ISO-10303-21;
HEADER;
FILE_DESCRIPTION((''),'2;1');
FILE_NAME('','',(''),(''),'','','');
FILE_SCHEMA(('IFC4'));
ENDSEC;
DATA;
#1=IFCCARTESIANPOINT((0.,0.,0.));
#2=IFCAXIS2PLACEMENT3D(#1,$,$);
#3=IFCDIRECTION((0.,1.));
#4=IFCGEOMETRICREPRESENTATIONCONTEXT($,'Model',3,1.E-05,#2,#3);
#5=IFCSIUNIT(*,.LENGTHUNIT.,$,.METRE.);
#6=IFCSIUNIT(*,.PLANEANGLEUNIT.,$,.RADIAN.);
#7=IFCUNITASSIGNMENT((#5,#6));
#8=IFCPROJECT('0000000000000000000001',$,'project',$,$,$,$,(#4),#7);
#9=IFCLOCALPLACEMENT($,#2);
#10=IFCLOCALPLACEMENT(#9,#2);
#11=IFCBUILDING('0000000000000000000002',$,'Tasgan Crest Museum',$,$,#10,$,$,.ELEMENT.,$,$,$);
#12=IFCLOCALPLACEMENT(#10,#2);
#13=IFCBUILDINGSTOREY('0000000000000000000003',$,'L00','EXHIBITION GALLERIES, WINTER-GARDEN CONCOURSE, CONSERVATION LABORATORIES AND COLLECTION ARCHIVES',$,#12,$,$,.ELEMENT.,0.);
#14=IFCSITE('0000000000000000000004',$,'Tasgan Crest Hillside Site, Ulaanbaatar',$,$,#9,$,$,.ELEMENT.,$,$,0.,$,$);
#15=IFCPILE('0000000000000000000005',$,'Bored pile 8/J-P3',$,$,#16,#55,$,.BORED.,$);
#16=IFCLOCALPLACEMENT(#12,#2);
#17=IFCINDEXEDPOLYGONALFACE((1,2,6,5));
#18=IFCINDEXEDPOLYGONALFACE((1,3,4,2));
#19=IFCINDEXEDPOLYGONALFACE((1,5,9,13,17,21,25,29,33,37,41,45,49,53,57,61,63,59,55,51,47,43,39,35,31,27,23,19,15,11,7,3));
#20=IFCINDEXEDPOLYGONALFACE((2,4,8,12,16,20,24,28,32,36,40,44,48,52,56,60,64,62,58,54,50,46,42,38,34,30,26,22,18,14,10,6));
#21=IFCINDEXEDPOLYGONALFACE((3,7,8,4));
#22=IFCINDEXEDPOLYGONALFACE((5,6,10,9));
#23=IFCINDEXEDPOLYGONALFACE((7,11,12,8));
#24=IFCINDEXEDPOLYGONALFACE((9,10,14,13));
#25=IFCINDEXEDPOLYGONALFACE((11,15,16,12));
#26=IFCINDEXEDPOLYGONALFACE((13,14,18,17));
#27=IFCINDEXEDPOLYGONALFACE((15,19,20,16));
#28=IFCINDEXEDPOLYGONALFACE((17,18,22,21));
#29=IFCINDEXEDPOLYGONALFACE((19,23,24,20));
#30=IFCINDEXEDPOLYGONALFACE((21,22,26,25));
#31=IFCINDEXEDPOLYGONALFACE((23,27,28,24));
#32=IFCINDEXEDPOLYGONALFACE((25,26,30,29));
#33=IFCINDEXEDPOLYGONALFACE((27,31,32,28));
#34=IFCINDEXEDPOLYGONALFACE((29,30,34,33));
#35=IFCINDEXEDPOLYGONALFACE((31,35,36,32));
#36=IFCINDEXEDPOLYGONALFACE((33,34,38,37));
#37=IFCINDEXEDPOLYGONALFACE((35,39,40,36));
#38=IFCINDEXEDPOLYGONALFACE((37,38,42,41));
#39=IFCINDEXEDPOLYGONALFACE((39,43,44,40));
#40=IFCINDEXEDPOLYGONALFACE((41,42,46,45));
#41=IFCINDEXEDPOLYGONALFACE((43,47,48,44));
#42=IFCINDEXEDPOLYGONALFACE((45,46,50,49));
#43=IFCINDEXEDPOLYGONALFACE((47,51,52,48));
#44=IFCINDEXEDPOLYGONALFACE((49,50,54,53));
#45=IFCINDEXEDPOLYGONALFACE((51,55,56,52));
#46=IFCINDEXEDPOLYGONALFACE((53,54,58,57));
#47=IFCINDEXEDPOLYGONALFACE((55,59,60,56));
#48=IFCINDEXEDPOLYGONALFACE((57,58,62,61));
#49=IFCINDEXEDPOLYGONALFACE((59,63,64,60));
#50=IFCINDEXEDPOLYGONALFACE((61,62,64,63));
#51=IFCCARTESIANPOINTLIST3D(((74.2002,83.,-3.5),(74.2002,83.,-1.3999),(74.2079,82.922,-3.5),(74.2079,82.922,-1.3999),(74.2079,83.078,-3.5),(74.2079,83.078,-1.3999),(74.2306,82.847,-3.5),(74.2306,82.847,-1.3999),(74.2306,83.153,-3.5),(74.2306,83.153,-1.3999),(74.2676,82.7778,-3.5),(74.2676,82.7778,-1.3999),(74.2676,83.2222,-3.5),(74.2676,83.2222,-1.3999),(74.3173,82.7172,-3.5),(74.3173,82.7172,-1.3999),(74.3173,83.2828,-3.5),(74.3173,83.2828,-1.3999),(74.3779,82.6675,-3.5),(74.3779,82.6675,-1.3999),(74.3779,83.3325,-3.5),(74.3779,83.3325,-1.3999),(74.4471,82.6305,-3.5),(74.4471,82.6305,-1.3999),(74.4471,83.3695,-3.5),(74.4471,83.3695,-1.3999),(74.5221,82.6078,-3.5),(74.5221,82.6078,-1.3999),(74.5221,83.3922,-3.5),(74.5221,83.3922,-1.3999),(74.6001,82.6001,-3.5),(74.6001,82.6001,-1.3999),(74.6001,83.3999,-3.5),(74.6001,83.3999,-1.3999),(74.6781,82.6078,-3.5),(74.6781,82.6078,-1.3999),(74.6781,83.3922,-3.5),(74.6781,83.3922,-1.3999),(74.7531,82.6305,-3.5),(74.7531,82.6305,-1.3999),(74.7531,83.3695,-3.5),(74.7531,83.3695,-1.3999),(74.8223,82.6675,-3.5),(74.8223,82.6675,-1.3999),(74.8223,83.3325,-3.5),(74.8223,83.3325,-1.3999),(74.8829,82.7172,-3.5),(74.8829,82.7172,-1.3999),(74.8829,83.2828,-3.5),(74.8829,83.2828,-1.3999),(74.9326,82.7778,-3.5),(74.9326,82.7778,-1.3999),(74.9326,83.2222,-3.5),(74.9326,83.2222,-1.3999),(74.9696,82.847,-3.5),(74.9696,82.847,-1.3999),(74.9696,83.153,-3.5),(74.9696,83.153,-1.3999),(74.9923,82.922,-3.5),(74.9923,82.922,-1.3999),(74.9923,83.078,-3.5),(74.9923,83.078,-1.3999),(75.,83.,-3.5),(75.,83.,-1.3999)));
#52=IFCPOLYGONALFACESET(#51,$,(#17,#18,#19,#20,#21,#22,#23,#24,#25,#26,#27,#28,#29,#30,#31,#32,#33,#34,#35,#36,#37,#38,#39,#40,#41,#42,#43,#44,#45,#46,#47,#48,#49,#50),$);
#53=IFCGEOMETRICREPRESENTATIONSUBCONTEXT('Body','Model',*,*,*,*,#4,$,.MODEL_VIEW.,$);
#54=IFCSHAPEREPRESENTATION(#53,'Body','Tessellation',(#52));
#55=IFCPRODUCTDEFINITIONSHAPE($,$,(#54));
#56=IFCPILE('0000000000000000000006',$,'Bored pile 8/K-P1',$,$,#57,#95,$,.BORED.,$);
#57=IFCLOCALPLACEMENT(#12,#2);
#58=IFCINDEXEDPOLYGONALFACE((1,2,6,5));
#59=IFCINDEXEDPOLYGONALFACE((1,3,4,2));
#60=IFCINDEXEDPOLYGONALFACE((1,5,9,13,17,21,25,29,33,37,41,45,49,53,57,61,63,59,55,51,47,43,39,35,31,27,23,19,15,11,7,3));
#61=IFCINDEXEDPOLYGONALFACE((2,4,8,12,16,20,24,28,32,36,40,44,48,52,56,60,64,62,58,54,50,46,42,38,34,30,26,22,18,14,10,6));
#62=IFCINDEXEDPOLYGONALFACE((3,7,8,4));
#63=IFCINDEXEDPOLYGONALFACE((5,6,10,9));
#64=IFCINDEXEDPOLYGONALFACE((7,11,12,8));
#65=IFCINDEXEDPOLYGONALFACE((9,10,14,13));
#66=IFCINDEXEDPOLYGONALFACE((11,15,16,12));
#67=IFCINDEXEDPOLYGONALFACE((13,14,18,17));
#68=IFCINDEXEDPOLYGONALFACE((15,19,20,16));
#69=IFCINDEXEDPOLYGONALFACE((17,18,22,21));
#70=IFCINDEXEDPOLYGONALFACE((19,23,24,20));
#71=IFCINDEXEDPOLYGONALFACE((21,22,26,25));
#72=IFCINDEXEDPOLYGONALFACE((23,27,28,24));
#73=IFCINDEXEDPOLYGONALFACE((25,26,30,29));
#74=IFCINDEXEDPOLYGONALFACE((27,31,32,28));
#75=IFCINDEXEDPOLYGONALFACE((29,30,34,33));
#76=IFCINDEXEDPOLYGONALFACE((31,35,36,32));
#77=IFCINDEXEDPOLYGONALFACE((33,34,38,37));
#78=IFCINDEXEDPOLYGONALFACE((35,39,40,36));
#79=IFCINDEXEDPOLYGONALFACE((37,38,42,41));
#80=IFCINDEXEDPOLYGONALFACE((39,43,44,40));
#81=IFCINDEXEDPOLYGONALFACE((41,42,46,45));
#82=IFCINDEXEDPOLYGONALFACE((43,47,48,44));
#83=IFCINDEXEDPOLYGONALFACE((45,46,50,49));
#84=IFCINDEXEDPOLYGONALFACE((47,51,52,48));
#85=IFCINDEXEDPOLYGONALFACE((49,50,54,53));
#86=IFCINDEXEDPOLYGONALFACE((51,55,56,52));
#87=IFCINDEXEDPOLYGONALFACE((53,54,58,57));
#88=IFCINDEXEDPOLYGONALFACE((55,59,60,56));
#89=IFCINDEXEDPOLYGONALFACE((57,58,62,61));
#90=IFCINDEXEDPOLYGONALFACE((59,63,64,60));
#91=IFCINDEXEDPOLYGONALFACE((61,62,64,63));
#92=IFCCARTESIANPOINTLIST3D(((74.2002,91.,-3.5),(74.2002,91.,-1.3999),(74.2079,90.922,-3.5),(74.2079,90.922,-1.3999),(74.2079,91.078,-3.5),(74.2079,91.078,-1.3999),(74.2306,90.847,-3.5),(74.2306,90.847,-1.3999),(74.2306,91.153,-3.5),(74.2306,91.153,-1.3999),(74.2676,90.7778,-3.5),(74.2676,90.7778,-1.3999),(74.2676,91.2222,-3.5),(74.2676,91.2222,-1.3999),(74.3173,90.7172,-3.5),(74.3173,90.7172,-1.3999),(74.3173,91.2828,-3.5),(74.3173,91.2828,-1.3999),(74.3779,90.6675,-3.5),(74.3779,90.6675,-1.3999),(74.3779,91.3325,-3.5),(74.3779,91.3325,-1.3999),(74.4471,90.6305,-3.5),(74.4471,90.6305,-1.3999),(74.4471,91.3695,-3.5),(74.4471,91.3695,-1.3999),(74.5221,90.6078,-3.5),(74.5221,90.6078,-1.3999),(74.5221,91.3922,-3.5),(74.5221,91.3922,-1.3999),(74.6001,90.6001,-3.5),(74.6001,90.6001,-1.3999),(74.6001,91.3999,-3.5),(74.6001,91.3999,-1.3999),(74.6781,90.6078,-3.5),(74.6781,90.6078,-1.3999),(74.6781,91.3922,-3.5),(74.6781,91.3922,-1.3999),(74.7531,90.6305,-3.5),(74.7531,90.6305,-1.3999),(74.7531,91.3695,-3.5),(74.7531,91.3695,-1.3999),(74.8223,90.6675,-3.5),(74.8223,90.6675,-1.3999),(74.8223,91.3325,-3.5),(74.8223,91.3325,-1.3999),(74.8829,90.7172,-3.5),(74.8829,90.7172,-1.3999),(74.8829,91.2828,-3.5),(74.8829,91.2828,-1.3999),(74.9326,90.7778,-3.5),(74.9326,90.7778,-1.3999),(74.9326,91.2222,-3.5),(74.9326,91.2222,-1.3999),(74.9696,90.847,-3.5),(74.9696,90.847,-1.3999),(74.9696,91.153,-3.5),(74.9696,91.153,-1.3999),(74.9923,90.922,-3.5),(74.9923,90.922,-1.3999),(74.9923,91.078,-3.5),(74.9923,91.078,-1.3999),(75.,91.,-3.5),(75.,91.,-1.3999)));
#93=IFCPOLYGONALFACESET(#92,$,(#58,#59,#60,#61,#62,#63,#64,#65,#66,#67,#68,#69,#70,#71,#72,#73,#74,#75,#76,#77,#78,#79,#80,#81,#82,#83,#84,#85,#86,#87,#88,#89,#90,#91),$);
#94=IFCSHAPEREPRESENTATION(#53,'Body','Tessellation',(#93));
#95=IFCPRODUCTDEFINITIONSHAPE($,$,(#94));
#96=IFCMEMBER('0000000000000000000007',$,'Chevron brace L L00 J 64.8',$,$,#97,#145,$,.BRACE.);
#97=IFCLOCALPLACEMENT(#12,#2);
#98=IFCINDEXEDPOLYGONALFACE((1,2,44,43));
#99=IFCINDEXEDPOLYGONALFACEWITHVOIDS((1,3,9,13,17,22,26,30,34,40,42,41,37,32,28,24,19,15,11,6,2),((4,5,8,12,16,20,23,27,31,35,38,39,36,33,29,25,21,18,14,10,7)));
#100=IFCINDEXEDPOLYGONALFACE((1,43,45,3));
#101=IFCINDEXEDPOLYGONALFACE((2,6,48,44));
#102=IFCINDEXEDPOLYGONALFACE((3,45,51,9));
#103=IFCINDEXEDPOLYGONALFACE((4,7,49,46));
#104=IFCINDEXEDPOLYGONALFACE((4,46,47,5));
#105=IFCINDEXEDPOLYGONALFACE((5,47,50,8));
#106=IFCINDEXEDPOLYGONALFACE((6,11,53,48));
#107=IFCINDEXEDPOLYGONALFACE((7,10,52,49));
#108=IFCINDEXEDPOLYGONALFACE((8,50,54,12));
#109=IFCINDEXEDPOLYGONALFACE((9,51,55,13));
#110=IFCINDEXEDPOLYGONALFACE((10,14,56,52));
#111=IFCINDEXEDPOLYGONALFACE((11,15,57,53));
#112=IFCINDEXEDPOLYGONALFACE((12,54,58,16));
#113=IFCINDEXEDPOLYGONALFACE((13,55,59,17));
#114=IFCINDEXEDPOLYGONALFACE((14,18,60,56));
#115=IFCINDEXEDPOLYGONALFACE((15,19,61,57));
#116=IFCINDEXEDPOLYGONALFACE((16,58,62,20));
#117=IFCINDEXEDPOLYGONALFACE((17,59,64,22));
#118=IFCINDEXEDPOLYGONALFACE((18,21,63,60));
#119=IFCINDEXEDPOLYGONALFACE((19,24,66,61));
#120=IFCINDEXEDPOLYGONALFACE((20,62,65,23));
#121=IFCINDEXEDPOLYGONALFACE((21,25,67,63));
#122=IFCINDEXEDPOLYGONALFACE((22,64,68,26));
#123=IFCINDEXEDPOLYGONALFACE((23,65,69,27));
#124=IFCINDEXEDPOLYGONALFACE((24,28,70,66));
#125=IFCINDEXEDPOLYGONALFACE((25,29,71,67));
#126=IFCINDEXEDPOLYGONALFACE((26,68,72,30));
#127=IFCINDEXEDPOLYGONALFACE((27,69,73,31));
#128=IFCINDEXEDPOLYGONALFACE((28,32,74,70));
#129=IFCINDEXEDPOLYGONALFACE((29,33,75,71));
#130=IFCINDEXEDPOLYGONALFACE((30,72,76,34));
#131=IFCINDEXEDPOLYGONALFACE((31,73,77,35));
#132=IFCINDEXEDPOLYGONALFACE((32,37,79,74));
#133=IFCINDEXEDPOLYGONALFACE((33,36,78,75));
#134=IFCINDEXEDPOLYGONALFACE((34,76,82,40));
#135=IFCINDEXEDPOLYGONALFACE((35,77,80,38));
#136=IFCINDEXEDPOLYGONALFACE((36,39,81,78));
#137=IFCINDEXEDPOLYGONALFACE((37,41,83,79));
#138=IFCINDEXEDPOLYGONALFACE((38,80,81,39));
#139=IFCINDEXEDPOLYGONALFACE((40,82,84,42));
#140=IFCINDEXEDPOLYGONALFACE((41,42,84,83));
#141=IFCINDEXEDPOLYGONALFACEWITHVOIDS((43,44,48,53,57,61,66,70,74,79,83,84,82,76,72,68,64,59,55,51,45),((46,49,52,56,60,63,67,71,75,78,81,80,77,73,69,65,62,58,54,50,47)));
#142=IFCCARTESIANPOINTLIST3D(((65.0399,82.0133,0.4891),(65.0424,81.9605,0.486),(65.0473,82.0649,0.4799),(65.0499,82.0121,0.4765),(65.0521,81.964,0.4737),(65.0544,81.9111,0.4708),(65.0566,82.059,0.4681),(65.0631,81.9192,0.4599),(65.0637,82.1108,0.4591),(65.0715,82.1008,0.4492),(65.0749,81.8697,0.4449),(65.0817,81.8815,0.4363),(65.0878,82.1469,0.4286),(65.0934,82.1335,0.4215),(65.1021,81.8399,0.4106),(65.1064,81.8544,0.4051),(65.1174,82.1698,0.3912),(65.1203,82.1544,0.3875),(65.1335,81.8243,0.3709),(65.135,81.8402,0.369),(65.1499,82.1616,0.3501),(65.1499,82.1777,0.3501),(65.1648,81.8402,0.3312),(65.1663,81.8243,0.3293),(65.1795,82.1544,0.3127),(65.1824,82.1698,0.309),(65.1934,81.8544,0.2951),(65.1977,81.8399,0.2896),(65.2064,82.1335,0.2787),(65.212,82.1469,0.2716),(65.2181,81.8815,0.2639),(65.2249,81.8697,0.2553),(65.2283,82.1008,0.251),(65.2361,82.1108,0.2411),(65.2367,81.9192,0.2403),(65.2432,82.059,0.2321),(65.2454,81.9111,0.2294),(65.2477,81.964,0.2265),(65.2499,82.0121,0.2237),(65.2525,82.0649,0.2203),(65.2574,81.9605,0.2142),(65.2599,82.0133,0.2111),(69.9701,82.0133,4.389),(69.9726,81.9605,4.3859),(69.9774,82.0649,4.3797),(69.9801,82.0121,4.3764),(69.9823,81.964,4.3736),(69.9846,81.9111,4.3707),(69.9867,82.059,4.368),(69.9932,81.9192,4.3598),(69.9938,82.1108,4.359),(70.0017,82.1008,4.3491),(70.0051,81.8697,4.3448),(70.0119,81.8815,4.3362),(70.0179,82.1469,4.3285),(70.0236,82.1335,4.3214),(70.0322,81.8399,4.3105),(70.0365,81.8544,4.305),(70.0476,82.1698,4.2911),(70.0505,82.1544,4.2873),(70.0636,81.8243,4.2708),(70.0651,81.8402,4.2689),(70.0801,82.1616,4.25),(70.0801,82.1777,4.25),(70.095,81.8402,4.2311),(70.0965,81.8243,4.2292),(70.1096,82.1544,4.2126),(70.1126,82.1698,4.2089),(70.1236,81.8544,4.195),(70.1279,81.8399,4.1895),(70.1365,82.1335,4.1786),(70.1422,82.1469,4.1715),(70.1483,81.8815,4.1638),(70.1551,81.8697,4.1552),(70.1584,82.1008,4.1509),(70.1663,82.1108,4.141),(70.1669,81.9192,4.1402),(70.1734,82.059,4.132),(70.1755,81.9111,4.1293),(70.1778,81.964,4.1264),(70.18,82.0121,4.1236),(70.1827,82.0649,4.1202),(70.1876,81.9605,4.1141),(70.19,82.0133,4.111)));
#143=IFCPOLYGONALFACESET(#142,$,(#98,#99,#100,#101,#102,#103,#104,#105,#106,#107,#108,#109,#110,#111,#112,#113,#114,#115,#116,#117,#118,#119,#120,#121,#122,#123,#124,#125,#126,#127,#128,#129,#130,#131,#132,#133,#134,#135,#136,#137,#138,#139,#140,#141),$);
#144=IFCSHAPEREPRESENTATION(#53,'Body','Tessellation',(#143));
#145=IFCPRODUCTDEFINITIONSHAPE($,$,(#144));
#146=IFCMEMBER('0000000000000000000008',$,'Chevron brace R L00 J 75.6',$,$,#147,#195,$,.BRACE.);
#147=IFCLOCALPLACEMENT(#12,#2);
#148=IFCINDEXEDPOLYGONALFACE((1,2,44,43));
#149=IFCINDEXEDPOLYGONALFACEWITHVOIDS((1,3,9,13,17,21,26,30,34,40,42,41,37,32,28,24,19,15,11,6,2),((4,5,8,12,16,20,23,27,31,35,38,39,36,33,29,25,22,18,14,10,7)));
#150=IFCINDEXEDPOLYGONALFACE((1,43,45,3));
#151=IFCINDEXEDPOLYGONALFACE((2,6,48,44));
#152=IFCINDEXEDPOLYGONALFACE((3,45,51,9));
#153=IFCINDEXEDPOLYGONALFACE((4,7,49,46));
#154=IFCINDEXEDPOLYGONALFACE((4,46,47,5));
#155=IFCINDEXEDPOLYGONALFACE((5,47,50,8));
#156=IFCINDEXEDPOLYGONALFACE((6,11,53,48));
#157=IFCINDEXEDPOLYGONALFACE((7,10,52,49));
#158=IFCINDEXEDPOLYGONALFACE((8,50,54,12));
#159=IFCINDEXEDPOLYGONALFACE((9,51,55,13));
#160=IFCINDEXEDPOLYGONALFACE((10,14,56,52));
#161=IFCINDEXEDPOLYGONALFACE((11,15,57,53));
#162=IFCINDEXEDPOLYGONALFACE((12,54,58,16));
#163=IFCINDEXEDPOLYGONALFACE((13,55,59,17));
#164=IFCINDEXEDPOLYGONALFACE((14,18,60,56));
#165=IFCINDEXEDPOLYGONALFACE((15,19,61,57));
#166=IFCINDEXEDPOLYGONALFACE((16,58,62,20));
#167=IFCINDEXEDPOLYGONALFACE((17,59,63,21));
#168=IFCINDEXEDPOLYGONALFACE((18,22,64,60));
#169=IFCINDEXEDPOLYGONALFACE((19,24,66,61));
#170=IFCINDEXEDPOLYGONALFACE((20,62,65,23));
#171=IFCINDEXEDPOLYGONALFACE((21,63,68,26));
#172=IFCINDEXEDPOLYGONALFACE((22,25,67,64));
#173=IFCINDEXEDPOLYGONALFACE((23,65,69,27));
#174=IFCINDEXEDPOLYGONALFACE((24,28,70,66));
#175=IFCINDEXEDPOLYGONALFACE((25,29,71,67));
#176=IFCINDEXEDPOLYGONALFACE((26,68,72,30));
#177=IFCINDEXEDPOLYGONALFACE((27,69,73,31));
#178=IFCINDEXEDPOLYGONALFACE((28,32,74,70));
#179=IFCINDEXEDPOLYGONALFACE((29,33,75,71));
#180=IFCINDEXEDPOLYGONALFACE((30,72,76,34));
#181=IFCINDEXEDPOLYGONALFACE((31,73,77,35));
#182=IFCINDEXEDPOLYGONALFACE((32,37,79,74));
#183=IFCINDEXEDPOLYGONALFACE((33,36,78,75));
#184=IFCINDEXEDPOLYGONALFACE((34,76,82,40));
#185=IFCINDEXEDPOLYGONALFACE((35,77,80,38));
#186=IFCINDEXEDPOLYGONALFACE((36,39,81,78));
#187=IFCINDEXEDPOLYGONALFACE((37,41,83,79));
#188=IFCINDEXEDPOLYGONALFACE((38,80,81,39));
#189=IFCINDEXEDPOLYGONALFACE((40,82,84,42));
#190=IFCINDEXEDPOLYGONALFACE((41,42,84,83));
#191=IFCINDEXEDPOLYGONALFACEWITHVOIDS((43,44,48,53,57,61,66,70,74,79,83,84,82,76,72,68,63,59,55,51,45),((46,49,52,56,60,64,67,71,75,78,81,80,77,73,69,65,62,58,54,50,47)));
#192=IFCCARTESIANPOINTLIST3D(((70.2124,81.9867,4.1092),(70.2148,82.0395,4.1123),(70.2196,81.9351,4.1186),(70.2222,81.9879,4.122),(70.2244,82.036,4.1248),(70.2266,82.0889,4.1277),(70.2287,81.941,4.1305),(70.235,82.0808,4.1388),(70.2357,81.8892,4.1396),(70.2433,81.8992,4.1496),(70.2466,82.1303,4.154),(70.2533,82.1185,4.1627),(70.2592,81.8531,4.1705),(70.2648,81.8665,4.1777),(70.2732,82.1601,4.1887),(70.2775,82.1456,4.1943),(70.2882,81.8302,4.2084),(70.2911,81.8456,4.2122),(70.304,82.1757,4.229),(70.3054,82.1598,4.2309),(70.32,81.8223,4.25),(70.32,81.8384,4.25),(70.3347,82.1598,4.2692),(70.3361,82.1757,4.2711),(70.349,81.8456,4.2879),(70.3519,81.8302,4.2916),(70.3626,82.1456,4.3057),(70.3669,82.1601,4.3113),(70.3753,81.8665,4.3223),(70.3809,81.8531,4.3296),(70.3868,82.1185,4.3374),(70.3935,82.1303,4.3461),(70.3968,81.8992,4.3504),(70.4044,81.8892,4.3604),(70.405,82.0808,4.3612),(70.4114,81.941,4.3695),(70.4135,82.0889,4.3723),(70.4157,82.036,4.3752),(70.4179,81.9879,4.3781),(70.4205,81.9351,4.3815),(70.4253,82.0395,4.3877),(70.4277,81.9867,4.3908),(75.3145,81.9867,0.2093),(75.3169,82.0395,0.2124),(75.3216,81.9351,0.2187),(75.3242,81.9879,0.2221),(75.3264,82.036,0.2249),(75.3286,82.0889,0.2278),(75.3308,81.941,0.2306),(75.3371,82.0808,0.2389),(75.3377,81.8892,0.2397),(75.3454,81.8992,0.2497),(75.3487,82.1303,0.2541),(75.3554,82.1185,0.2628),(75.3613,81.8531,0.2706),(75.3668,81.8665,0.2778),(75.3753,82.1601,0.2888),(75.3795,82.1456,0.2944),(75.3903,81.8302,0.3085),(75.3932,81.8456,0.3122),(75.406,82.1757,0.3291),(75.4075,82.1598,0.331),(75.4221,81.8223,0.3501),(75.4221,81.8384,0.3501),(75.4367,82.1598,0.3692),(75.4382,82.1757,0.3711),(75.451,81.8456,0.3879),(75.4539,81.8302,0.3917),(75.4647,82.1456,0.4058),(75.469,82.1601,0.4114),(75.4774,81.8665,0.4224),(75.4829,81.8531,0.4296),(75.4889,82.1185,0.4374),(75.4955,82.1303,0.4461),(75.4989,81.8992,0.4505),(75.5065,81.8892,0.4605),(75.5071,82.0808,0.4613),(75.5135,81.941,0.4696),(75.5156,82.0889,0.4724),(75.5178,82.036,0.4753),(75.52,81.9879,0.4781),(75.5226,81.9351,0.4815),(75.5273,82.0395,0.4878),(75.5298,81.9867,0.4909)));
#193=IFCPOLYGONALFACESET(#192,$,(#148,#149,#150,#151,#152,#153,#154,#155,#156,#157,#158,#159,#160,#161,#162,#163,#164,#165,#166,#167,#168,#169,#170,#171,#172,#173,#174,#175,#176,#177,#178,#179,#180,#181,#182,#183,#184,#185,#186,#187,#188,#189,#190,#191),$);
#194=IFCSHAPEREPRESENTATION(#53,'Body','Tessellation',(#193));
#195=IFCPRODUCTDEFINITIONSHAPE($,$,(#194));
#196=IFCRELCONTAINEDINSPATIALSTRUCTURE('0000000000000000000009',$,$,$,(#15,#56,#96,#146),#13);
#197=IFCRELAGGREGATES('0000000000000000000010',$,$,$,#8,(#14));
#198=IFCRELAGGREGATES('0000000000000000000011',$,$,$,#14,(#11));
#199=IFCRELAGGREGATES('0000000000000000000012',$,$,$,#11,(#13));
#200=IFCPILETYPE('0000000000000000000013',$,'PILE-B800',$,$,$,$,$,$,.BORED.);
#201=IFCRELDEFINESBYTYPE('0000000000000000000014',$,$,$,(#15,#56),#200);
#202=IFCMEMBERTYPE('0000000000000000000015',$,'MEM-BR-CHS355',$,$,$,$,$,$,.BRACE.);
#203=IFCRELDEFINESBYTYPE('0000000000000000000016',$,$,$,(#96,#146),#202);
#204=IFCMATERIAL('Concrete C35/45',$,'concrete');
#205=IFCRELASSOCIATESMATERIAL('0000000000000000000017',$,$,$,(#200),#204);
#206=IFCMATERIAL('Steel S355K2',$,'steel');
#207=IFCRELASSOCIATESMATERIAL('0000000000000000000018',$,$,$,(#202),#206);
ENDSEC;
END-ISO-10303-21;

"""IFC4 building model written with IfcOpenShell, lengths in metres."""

from ifc_helpers import new_model, si_unit, direction, frame, origin, origin_2d, place, context, subcontext, project, spatial, circle, hollow_circle, extrude, material, material_profile, profile_set, type_object, element, save


model = new_model("IFC4")

# Units and contexts
model_context = context("Model", 3, precision=1e-05, world=origin(), true_north=direction((0.0, 1.0)))
body_context = subcontext(model_context, "Body", "Model", "MODEL_VIEW")
ifc_project = project(units=[si_unit("LENGTHUNIT", "METRE"), si_unit("PLANEANGLEUNIT", "RADIAN")], contexts=[model_context])

# Site, building, storey
site_placement = place(None, origin())
site = spatial("IfcSite", under=ifc_project, at=site_placement, Name="Tasgan Crest Hillside Site, Ulaanbaatar", CompositionType="ELEMENT", RefElevation=0.0)
building_placement = place(site_placement, origin())
building = spatial("IfcBuilding", under=site, at=building_placement, Name="Tasgan Crest Museum", CompositionType="ELEMENT")
storey_placement = place(building_placement, origin())
storey = spatial("IfcBuildingStorey", under=building, at=storey_placement, Name="L00", Description="EXHIBITION GALLERIES, WINTER-GARDEN CONCOURSE, CONSERVATION LABORATORIES AND COLLECTION ARCHIVES", CompositionType="ELEMENT", Elevation=0.0)

# Piles
ifc_material_1 = material(Name="Concrete C35/45", Category="concrete")
ifc_material_profile_1 = material_profile(ifc_material_1, circle(Radius=0.3999, at=origin_2d()), Name="PILE D800")
ifc_profile_set_1 = profile_set([ifc_material_profile_1], Name="Concrete C35/45")
pile_type_1 = type_object("IfcPileType", Name="PILE-B800", PredefinedType="BORED", material=ifc_profile_set_1)
for number, where, z_axis, x_axis, name in (
    (1, (74.6001, 83.0, -1.3999), (0.0, 0.0, -1.0), (1.0, 0.0, 0.0), "Bored pile 8/J-P3"),
    (2, (74.6001, 91.0, -1.3999), (0.0, 0.0, -1.0), (1.0, 0.0, 0.0), "Bored pile 8/K-P1"),
):
    element("IfcPile", number, at=place(storey_placement, frame(where, z_axis=z_axis, x_axis=x_axis)), inside=storey, type_object=pile_type_1, Name=name, PredefinedType="BORED", context=body_context, shape_type="SweptSolid", body=[
        extrude(circle(Radius=0.3999, at=origin_2d()), origin(), (0.0, 0.0, 1.0), 2.1001),
    ])

# Members
ifc_material_2 = material(Name="Steel S355K2", Category="steel")
ifc_material_profile_2 = material_profile(ifc_material_2, hollow_circle(Radius=0.1777, WallThickness=0.0161, at=origin_2d()), Name="CHS 355.6x16")
ifc_profile_set_2 = profile_set([ifc_material_profile_2], Name="Steel S355K2")
member_type = type_object("IfcMemberType", Name="MEM-BR-CHS355", PredefinedType="BRACE", material=ifc_profile_set_2)
member_1_placement = place(storey_placement, frame((65.1499, 82.0, 0.3501), z_axis=(0.78429, 0.0, 0.620395), x_axis=(0.0, 1.0, 0.0)))
element("IfcMember", 3, at=member_1_placement, inside=storey, type_object=member_type, Name="Chevron brace L L00 J 64.8", PredefinedType="BRACE", context=body_context, shape_type="SweptSolid", body=[
    extrude(hollow_circle(Radius=0.1777, WallThickness=0.0161, at=origin_2d()), origin(), (0.0, 0.0, 1.0), 6.2861),
])
member_2_placement = place(storey_placement, frame((75.4221, 82.0, 0.3501), z_axis=(-0.794483, 0.0, 0.607286), x_axis=(0.0, -1.0, 0.0)))
element("IfcMember", 4, at=member_2_placement, inside=storey, type_object=member_type, Name="Chevron brace R L00 J 75.6", PredefinedType="BRACE", context=body_context, shape_type="SweptSolid", body=[
    extrude(hollow_circle(Radius=0.1777, WallThickness=0.0161, at=origin_2d()), origin(), (0.0, 0.0, 1.0), 6.4219),
])

save(model, "model.ifc")
